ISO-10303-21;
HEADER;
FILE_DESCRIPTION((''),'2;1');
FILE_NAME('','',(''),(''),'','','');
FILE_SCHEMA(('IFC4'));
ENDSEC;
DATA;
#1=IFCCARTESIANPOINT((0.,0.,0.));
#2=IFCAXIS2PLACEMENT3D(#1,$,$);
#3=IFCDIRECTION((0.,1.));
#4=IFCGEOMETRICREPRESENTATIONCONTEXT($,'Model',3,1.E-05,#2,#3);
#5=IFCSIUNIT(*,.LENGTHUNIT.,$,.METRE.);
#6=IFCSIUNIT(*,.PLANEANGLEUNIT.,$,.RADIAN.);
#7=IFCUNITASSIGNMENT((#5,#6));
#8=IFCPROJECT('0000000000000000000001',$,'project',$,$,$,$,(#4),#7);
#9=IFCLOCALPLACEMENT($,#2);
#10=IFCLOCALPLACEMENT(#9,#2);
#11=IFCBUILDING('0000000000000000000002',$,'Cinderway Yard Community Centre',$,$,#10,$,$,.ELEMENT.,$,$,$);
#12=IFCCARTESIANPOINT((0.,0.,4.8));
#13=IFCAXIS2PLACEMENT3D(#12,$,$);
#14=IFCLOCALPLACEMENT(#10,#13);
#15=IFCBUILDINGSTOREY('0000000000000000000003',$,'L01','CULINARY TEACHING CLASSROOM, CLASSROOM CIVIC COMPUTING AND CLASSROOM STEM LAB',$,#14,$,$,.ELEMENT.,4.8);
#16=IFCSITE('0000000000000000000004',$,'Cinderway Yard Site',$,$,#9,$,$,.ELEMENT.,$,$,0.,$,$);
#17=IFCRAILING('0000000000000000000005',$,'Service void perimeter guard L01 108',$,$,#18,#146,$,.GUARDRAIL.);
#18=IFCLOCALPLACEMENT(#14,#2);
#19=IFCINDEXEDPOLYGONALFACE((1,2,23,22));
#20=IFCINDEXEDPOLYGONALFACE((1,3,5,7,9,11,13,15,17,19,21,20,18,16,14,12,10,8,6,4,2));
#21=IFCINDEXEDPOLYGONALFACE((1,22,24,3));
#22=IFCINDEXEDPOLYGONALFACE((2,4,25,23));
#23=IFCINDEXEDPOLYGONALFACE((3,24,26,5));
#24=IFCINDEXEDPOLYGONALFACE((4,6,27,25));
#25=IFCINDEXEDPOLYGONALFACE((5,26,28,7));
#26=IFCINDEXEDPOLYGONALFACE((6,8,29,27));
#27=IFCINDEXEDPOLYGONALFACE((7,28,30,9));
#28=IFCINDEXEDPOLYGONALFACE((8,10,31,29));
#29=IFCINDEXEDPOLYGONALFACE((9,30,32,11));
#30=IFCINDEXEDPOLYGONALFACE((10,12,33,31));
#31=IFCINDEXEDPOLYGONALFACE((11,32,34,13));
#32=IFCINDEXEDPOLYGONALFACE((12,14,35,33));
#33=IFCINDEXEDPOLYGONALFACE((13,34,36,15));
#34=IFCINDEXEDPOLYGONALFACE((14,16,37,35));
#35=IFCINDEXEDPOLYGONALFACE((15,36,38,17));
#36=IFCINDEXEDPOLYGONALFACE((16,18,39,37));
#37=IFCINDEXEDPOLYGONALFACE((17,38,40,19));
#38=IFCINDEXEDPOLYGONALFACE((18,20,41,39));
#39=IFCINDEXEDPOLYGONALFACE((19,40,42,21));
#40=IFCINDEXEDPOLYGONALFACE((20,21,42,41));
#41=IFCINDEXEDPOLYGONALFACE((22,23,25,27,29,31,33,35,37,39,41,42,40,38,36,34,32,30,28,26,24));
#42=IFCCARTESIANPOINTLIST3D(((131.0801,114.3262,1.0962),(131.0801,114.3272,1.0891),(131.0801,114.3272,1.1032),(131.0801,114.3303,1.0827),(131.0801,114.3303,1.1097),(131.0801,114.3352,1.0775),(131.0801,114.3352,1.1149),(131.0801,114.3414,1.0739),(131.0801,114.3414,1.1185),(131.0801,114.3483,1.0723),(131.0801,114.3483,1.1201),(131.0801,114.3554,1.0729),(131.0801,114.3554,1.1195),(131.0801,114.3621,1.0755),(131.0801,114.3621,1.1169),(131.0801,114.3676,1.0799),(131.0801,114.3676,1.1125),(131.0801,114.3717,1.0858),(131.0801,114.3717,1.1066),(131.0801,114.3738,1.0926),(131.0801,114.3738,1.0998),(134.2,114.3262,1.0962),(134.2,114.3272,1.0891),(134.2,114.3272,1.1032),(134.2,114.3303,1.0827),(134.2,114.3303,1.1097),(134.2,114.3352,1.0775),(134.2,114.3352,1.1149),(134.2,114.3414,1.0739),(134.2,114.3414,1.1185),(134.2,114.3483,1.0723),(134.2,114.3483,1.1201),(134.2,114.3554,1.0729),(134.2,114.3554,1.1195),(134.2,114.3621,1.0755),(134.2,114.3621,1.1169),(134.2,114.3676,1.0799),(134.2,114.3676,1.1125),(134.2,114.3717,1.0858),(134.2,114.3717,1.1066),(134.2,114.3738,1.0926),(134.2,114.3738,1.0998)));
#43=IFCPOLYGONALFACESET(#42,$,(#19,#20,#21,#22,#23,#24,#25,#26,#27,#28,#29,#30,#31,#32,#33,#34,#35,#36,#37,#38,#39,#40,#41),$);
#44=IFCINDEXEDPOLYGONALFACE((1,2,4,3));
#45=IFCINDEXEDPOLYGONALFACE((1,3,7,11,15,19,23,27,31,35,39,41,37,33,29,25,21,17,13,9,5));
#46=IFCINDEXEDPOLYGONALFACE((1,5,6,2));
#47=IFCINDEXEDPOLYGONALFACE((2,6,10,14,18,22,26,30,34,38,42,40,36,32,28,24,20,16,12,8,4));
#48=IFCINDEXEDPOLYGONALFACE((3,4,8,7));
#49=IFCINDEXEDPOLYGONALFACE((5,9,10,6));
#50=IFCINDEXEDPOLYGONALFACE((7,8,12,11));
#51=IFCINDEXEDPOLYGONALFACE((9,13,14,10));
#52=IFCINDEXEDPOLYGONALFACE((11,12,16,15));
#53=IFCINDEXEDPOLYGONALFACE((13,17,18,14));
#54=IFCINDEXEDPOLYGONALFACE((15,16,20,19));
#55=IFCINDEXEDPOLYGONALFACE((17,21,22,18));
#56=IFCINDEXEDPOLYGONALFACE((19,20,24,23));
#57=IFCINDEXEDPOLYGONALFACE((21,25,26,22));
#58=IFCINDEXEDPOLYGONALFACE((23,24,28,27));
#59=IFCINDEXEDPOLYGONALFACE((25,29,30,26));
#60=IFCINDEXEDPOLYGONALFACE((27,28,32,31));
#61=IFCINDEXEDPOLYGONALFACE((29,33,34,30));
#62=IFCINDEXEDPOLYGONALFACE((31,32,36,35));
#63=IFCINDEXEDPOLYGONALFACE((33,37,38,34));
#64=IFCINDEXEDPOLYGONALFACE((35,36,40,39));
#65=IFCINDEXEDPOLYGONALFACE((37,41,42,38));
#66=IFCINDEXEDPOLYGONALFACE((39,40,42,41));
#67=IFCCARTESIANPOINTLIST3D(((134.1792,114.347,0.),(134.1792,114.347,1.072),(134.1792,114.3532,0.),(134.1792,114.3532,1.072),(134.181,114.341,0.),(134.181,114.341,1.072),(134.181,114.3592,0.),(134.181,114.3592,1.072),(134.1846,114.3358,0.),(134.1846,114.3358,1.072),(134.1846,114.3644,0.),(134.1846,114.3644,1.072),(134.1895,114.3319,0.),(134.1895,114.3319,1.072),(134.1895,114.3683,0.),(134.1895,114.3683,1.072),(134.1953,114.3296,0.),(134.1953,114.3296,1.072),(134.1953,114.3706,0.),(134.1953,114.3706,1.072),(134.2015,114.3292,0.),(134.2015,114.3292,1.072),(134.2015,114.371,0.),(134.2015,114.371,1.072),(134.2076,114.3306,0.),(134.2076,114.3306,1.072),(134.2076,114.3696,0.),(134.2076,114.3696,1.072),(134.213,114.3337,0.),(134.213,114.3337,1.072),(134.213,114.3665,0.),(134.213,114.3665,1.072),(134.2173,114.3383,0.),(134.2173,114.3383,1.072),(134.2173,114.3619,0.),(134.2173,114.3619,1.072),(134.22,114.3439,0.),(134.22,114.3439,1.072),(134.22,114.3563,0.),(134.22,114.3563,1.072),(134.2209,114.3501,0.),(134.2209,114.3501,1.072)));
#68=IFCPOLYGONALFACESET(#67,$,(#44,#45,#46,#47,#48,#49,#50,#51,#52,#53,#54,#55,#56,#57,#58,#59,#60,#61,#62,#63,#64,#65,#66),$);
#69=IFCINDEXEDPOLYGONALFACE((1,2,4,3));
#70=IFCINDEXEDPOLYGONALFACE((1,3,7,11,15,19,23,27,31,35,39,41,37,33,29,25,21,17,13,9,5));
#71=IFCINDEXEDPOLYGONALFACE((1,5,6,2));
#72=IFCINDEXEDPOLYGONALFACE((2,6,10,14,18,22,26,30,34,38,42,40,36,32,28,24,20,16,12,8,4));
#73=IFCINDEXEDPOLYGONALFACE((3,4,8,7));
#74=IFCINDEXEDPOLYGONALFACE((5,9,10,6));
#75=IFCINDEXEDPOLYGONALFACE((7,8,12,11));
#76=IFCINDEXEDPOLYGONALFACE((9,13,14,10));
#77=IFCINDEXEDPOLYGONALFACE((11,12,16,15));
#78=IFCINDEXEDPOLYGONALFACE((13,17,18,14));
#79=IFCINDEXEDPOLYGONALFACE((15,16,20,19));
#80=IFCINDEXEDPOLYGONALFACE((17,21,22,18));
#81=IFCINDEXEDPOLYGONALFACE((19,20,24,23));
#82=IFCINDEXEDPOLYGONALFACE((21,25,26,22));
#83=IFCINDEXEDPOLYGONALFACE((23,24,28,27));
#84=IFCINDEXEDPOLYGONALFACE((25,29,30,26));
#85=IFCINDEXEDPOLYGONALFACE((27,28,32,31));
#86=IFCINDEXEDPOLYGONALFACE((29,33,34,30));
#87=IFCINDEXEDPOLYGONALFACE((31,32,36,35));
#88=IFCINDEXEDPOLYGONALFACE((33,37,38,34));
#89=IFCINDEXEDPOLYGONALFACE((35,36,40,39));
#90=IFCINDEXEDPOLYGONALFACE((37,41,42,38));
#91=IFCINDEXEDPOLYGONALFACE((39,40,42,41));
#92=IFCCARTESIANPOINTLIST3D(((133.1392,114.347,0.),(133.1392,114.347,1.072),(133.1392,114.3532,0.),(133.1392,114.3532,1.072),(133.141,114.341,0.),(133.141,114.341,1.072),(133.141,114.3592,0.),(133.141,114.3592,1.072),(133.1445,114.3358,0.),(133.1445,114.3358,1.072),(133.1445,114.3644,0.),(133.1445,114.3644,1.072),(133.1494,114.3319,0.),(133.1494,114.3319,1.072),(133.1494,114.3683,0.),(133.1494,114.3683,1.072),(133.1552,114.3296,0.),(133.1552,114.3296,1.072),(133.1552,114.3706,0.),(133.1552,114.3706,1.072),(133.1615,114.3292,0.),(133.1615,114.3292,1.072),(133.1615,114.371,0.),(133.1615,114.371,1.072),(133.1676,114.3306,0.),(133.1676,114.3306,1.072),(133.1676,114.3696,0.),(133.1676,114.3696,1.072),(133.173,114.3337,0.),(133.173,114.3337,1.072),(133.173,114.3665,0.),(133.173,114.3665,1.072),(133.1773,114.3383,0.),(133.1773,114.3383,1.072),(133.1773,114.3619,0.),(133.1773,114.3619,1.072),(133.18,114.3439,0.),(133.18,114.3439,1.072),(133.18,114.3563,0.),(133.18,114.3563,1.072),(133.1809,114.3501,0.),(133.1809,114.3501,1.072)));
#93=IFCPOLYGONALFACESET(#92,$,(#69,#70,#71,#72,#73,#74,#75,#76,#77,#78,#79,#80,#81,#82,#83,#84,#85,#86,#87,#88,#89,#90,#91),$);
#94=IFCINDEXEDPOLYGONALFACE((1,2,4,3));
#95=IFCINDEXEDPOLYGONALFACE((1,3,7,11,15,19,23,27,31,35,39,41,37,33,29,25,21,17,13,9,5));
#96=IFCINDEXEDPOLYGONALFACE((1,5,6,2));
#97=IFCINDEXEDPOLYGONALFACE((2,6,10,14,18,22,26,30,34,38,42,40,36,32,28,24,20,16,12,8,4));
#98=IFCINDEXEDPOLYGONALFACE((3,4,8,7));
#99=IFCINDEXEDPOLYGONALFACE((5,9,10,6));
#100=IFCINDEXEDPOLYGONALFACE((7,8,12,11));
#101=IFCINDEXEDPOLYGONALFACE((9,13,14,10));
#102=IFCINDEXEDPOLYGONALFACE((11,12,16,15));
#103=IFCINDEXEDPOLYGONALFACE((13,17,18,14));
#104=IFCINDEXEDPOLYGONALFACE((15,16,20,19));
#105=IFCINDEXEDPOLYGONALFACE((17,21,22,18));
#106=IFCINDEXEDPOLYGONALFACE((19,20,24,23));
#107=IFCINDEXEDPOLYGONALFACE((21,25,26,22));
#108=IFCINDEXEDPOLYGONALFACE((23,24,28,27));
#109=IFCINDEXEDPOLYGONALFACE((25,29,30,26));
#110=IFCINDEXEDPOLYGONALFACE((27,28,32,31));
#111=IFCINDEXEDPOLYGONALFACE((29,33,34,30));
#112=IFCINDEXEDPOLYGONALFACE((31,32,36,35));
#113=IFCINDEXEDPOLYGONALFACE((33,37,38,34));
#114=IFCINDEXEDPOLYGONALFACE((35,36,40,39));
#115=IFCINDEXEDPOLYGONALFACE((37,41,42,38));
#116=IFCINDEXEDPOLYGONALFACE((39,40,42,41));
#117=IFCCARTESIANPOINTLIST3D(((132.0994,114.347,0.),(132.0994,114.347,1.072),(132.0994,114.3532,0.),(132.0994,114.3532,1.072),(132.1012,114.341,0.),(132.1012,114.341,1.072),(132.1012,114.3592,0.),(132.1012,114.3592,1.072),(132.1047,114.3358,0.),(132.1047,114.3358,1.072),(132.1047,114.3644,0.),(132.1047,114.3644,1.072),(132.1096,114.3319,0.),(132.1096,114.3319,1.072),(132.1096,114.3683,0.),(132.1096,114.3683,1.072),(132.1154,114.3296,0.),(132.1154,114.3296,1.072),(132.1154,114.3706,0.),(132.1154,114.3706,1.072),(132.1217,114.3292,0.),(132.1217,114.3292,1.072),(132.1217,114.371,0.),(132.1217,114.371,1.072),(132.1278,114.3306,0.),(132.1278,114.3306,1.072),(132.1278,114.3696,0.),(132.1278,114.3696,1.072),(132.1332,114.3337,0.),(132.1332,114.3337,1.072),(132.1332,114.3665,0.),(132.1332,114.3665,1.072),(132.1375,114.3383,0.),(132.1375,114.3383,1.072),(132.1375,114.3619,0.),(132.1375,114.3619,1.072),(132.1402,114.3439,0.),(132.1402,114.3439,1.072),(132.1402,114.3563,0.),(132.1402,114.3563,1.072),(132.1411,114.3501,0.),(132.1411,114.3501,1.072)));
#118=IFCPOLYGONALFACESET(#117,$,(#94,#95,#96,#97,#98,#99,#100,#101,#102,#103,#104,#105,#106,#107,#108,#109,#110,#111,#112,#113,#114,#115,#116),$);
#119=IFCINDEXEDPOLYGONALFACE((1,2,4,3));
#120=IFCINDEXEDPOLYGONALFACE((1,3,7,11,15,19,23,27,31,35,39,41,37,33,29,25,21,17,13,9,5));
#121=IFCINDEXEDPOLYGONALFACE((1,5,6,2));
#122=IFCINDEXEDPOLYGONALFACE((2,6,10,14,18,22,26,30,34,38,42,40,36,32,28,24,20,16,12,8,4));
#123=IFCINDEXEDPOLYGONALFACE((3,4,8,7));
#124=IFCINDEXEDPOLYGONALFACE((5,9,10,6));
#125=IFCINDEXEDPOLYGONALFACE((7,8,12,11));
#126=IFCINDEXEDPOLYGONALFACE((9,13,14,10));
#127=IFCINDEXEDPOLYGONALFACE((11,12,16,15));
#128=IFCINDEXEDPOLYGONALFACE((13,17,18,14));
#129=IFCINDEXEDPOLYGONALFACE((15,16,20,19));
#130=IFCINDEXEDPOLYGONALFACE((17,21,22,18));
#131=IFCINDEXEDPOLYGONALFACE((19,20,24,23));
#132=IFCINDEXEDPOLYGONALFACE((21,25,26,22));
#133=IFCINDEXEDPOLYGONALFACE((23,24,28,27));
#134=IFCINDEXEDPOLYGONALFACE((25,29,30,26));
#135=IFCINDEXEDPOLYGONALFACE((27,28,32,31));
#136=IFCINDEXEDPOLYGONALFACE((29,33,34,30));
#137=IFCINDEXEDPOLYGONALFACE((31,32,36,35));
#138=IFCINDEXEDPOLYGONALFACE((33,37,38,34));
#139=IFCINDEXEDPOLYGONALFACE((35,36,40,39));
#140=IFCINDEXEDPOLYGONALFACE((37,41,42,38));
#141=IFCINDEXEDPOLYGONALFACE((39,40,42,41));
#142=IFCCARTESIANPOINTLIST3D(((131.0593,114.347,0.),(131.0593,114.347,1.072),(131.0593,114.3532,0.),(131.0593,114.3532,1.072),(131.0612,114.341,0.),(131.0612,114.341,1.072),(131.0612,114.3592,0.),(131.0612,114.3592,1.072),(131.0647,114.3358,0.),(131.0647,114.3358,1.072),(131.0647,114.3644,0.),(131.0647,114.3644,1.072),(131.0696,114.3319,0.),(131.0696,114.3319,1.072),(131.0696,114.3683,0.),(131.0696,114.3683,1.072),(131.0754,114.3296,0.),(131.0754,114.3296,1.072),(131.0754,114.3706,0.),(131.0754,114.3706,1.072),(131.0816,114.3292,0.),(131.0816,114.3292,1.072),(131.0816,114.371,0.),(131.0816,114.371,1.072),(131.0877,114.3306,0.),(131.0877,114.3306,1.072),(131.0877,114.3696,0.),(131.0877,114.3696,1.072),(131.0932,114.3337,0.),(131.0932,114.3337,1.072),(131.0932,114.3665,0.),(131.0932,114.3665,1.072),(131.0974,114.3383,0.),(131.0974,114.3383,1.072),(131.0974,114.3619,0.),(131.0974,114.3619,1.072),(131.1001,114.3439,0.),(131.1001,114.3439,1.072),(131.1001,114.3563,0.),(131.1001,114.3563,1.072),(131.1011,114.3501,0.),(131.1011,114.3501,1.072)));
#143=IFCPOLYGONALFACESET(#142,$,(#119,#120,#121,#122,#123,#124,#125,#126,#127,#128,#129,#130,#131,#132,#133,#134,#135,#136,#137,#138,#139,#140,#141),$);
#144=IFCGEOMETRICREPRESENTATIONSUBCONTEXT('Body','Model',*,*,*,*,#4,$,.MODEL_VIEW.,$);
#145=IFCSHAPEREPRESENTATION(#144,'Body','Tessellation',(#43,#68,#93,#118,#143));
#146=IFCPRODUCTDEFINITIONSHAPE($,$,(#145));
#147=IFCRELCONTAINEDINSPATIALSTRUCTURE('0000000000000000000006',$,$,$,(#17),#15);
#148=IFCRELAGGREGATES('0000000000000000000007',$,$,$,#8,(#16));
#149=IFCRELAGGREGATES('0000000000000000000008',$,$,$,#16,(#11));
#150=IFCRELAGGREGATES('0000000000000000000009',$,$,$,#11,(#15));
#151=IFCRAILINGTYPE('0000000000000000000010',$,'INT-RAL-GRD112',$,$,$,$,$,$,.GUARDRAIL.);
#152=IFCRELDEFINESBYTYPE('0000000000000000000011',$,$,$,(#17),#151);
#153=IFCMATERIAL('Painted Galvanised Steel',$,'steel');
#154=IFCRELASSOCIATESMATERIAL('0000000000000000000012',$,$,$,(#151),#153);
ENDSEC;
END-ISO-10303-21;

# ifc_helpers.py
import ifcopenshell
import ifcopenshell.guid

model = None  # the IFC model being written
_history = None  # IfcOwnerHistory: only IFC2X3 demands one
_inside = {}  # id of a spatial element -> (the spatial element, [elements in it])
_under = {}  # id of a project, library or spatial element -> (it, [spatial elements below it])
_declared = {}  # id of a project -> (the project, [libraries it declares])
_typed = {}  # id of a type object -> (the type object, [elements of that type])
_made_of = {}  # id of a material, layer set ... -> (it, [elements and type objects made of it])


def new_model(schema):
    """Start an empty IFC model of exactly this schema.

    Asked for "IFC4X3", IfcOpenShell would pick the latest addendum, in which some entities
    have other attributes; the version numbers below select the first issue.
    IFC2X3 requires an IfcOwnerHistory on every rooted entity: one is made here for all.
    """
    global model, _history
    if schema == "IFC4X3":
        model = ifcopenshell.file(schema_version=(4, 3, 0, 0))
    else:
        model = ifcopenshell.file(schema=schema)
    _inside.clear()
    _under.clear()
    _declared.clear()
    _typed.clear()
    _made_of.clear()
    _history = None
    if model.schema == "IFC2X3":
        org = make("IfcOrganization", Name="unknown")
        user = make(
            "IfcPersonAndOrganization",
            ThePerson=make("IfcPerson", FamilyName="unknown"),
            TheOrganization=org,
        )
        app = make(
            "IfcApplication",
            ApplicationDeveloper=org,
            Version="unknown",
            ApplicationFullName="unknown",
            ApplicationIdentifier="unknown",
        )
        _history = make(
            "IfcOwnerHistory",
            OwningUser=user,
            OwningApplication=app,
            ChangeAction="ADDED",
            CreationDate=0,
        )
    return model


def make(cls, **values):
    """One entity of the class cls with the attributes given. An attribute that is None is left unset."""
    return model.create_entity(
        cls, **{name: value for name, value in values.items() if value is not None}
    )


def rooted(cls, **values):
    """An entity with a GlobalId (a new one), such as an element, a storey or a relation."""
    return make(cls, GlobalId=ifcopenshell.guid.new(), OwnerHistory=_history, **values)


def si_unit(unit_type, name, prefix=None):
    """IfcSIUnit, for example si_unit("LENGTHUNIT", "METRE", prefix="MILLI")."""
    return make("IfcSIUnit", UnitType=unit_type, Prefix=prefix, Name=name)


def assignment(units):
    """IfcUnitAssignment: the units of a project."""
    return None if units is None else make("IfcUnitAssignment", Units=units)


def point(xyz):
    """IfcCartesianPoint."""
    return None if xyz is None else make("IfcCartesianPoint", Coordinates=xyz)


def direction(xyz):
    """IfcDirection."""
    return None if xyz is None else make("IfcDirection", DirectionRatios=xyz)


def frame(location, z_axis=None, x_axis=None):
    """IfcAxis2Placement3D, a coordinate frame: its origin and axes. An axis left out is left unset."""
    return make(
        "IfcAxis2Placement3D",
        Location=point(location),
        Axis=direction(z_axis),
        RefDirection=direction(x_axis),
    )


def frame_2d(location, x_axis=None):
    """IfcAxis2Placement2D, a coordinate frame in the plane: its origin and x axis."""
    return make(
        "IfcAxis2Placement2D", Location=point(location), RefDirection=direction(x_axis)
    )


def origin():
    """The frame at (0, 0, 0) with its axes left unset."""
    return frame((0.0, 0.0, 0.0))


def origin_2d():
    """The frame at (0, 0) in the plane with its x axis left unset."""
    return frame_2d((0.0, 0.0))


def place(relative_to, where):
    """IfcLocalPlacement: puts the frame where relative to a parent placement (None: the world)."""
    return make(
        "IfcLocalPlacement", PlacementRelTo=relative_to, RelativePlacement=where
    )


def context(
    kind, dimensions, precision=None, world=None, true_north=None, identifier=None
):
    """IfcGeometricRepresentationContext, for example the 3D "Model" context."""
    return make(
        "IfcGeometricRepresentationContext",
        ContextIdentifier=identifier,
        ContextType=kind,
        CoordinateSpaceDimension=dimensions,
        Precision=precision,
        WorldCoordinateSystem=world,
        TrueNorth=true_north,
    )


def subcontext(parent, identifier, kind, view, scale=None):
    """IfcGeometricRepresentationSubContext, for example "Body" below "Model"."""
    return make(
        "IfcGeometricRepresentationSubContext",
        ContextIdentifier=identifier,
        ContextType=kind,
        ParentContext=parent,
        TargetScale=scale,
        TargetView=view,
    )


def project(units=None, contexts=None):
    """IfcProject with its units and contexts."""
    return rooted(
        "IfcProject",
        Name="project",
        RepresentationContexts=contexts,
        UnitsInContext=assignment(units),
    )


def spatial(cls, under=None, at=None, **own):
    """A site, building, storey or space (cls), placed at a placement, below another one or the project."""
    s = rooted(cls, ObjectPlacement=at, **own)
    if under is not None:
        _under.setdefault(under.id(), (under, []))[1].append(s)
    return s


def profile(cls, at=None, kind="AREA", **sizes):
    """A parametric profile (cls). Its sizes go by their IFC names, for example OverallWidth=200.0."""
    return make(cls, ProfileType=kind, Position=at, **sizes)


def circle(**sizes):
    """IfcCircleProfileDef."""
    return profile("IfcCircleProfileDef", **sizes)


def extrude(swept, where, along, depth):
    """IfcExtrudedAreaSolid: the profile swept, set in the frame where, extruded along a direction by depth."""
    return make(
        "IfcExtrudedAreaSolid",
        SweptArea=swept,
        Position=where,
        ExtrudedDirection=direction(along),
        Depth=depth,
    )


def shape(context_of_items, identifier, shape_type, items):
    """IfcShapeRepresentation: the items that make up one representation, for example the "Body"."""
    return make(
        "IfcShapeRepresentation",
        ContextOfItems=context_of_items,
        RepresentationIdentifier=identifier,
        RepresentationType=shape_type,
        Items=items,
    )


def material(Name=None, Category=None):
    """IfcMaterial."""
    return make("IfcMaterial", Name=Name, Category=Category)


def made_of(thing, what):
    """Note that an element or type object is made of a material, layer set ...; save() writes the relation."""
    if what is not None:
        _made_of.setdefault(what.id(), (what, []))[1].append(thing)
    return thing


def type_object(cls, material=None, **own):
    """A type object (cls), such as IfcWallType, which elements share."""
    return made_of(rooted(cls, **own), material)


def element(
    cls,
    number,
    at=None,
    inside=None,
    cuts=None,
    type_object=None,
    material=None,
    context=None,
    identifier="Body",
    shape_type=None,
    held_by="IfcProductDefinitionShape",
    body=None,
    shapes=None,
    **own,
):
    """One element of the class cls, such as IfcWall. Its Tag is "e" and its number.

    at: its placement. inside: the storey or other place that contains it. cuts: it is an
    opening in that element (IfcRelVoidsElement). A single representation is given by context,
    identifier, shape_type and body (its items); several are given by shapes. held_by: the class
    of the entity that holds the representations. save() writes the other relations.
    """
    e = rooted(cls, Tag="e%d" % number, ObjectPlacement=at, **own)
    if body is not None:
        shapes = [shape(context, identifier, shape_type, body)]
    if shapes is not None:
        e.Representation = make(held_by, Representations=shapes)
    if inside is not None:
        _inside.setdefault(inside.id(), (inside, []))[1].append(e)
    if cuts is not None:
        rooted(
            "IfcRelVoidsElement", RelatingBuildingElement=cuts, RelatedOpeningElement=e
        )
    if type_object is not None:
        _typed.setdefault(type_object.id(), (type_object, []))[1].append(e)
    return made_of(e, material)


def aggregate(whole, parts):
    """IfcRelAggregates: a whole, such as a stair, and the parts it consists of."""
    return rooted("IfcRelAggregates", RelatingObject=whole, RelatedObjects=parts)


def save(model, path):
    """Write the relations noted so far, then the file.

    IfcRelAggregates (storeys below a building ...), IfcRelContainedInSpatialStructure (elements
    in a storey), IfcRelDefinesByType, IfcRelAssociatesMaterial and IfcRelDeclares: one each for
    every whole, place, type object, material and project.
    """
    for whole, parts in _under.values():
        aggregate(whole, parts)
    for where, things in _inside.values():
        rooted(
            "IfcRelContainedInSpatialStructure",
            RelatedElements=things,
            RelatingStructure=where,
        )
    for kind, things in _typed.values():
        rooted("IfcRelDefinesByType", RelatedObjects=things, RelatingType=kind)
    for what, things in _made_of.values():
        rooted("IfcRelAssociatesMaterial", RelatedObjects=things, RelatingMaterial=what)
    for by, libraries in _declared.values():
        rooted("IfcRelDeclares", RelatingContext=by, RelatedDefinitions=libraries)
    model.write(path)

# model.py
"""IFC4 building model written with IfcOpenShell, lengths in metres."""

from ifc_helpers import new_model, si_unit, direction, frame, origin, origin_2d, place, context, subcontext, project, spatial, circle, extrude, material, type_object, element, save


model = new_model("IFC4")

# Units and contexts
model_context = context("Model", 3, precision=1e-05, world=origin(), true_north=direction((0.0, 1.0)))
body_context = subcontext(model_context, "Body", "Model", "MODEL_VIEW")
ifc_project = project(units=[si_unit("LENGTHUNIT", "METRE"), si_unit("PLANEANGLEUNIT", "RADIAN")], contexts=[model_context])

# Site, building, storey
site_placement = place(None, origin())
site = spatial("IfcSite", under=ifc_project, at=site_placement, Name="Cinderway Yard Site", CompositionType="ELEMENT", RefElevation=0.0)
building_placement = place(site_placement, origin())
building = spatial("IfcBuilding", under=site, at=building_placement, Name="Cinderway Yard Community Centre", CompositionType="ELEMENT")
storey_placement = place(building_placement, frame((0.0, 0.0, 4.8)))
storey = spatial("IfcBuildingStorey", under=building, at=storey_placement, Name="L01", Description="CULINARY TEACHING CLASSROOM, CLASSROOM CIVIC COMPUTING AND CLASSROOM STEM LAB", CompositionType="ELEMENT", Elevation=4.8)

# Railing
ifc_material_1 = material(Name="Painted Galvanised Steel", Category="steel")
railing_type_1 = type_object("IfcRailingType", Name="INT-RAL-GRD112", PredefinedType="GUARDRAIL", material=ifc_material_1)
railing_1_placement = place(storey_placement, frame((134.2, 114.3501, 0.0)))
element("IfcRailing", 1, at=railing_1_placement, inside=storey, type_object=railing_type_1, Name="Service void perimeter guard L01 108", PredefinedType="GUARDRAIL", context=body_context, shape_type="SweptSolid", body=[
    extrude(circle(Radius=0.0239, at=origin_2d()), frame((0.0, 0.0, 1.0962), z_axis=(-1.0, 0.0, 0.0), x_axis=(0.0, -1.0, 0.0)), (0.0, 0.0, 1.0), 3.1199),
    extrude(circle(Radius=0.021, at=origin_2d()), origin(), (0.0, 0.0, 1.0), 1.072),
    extrude(circle(Radius=0.021, at=origin_2d()), frame((-1.04, 0.0, 0.0)), (0.0, 0.0, 1.0), 1.072),
    extrude(circle(Radius=0.021, at=origin_2d()), frame((-2.0798, 0.0, 0.0)), (0.0, 0.0, 1.0), 1.072),
    extrude(circle(Radius=0.021, at=origin_2d()), frame((-3.1199, 0.0, 0.0)), (0.0, 0.0, 1.0), 1.072),
])

save(model, "model.ifc")
